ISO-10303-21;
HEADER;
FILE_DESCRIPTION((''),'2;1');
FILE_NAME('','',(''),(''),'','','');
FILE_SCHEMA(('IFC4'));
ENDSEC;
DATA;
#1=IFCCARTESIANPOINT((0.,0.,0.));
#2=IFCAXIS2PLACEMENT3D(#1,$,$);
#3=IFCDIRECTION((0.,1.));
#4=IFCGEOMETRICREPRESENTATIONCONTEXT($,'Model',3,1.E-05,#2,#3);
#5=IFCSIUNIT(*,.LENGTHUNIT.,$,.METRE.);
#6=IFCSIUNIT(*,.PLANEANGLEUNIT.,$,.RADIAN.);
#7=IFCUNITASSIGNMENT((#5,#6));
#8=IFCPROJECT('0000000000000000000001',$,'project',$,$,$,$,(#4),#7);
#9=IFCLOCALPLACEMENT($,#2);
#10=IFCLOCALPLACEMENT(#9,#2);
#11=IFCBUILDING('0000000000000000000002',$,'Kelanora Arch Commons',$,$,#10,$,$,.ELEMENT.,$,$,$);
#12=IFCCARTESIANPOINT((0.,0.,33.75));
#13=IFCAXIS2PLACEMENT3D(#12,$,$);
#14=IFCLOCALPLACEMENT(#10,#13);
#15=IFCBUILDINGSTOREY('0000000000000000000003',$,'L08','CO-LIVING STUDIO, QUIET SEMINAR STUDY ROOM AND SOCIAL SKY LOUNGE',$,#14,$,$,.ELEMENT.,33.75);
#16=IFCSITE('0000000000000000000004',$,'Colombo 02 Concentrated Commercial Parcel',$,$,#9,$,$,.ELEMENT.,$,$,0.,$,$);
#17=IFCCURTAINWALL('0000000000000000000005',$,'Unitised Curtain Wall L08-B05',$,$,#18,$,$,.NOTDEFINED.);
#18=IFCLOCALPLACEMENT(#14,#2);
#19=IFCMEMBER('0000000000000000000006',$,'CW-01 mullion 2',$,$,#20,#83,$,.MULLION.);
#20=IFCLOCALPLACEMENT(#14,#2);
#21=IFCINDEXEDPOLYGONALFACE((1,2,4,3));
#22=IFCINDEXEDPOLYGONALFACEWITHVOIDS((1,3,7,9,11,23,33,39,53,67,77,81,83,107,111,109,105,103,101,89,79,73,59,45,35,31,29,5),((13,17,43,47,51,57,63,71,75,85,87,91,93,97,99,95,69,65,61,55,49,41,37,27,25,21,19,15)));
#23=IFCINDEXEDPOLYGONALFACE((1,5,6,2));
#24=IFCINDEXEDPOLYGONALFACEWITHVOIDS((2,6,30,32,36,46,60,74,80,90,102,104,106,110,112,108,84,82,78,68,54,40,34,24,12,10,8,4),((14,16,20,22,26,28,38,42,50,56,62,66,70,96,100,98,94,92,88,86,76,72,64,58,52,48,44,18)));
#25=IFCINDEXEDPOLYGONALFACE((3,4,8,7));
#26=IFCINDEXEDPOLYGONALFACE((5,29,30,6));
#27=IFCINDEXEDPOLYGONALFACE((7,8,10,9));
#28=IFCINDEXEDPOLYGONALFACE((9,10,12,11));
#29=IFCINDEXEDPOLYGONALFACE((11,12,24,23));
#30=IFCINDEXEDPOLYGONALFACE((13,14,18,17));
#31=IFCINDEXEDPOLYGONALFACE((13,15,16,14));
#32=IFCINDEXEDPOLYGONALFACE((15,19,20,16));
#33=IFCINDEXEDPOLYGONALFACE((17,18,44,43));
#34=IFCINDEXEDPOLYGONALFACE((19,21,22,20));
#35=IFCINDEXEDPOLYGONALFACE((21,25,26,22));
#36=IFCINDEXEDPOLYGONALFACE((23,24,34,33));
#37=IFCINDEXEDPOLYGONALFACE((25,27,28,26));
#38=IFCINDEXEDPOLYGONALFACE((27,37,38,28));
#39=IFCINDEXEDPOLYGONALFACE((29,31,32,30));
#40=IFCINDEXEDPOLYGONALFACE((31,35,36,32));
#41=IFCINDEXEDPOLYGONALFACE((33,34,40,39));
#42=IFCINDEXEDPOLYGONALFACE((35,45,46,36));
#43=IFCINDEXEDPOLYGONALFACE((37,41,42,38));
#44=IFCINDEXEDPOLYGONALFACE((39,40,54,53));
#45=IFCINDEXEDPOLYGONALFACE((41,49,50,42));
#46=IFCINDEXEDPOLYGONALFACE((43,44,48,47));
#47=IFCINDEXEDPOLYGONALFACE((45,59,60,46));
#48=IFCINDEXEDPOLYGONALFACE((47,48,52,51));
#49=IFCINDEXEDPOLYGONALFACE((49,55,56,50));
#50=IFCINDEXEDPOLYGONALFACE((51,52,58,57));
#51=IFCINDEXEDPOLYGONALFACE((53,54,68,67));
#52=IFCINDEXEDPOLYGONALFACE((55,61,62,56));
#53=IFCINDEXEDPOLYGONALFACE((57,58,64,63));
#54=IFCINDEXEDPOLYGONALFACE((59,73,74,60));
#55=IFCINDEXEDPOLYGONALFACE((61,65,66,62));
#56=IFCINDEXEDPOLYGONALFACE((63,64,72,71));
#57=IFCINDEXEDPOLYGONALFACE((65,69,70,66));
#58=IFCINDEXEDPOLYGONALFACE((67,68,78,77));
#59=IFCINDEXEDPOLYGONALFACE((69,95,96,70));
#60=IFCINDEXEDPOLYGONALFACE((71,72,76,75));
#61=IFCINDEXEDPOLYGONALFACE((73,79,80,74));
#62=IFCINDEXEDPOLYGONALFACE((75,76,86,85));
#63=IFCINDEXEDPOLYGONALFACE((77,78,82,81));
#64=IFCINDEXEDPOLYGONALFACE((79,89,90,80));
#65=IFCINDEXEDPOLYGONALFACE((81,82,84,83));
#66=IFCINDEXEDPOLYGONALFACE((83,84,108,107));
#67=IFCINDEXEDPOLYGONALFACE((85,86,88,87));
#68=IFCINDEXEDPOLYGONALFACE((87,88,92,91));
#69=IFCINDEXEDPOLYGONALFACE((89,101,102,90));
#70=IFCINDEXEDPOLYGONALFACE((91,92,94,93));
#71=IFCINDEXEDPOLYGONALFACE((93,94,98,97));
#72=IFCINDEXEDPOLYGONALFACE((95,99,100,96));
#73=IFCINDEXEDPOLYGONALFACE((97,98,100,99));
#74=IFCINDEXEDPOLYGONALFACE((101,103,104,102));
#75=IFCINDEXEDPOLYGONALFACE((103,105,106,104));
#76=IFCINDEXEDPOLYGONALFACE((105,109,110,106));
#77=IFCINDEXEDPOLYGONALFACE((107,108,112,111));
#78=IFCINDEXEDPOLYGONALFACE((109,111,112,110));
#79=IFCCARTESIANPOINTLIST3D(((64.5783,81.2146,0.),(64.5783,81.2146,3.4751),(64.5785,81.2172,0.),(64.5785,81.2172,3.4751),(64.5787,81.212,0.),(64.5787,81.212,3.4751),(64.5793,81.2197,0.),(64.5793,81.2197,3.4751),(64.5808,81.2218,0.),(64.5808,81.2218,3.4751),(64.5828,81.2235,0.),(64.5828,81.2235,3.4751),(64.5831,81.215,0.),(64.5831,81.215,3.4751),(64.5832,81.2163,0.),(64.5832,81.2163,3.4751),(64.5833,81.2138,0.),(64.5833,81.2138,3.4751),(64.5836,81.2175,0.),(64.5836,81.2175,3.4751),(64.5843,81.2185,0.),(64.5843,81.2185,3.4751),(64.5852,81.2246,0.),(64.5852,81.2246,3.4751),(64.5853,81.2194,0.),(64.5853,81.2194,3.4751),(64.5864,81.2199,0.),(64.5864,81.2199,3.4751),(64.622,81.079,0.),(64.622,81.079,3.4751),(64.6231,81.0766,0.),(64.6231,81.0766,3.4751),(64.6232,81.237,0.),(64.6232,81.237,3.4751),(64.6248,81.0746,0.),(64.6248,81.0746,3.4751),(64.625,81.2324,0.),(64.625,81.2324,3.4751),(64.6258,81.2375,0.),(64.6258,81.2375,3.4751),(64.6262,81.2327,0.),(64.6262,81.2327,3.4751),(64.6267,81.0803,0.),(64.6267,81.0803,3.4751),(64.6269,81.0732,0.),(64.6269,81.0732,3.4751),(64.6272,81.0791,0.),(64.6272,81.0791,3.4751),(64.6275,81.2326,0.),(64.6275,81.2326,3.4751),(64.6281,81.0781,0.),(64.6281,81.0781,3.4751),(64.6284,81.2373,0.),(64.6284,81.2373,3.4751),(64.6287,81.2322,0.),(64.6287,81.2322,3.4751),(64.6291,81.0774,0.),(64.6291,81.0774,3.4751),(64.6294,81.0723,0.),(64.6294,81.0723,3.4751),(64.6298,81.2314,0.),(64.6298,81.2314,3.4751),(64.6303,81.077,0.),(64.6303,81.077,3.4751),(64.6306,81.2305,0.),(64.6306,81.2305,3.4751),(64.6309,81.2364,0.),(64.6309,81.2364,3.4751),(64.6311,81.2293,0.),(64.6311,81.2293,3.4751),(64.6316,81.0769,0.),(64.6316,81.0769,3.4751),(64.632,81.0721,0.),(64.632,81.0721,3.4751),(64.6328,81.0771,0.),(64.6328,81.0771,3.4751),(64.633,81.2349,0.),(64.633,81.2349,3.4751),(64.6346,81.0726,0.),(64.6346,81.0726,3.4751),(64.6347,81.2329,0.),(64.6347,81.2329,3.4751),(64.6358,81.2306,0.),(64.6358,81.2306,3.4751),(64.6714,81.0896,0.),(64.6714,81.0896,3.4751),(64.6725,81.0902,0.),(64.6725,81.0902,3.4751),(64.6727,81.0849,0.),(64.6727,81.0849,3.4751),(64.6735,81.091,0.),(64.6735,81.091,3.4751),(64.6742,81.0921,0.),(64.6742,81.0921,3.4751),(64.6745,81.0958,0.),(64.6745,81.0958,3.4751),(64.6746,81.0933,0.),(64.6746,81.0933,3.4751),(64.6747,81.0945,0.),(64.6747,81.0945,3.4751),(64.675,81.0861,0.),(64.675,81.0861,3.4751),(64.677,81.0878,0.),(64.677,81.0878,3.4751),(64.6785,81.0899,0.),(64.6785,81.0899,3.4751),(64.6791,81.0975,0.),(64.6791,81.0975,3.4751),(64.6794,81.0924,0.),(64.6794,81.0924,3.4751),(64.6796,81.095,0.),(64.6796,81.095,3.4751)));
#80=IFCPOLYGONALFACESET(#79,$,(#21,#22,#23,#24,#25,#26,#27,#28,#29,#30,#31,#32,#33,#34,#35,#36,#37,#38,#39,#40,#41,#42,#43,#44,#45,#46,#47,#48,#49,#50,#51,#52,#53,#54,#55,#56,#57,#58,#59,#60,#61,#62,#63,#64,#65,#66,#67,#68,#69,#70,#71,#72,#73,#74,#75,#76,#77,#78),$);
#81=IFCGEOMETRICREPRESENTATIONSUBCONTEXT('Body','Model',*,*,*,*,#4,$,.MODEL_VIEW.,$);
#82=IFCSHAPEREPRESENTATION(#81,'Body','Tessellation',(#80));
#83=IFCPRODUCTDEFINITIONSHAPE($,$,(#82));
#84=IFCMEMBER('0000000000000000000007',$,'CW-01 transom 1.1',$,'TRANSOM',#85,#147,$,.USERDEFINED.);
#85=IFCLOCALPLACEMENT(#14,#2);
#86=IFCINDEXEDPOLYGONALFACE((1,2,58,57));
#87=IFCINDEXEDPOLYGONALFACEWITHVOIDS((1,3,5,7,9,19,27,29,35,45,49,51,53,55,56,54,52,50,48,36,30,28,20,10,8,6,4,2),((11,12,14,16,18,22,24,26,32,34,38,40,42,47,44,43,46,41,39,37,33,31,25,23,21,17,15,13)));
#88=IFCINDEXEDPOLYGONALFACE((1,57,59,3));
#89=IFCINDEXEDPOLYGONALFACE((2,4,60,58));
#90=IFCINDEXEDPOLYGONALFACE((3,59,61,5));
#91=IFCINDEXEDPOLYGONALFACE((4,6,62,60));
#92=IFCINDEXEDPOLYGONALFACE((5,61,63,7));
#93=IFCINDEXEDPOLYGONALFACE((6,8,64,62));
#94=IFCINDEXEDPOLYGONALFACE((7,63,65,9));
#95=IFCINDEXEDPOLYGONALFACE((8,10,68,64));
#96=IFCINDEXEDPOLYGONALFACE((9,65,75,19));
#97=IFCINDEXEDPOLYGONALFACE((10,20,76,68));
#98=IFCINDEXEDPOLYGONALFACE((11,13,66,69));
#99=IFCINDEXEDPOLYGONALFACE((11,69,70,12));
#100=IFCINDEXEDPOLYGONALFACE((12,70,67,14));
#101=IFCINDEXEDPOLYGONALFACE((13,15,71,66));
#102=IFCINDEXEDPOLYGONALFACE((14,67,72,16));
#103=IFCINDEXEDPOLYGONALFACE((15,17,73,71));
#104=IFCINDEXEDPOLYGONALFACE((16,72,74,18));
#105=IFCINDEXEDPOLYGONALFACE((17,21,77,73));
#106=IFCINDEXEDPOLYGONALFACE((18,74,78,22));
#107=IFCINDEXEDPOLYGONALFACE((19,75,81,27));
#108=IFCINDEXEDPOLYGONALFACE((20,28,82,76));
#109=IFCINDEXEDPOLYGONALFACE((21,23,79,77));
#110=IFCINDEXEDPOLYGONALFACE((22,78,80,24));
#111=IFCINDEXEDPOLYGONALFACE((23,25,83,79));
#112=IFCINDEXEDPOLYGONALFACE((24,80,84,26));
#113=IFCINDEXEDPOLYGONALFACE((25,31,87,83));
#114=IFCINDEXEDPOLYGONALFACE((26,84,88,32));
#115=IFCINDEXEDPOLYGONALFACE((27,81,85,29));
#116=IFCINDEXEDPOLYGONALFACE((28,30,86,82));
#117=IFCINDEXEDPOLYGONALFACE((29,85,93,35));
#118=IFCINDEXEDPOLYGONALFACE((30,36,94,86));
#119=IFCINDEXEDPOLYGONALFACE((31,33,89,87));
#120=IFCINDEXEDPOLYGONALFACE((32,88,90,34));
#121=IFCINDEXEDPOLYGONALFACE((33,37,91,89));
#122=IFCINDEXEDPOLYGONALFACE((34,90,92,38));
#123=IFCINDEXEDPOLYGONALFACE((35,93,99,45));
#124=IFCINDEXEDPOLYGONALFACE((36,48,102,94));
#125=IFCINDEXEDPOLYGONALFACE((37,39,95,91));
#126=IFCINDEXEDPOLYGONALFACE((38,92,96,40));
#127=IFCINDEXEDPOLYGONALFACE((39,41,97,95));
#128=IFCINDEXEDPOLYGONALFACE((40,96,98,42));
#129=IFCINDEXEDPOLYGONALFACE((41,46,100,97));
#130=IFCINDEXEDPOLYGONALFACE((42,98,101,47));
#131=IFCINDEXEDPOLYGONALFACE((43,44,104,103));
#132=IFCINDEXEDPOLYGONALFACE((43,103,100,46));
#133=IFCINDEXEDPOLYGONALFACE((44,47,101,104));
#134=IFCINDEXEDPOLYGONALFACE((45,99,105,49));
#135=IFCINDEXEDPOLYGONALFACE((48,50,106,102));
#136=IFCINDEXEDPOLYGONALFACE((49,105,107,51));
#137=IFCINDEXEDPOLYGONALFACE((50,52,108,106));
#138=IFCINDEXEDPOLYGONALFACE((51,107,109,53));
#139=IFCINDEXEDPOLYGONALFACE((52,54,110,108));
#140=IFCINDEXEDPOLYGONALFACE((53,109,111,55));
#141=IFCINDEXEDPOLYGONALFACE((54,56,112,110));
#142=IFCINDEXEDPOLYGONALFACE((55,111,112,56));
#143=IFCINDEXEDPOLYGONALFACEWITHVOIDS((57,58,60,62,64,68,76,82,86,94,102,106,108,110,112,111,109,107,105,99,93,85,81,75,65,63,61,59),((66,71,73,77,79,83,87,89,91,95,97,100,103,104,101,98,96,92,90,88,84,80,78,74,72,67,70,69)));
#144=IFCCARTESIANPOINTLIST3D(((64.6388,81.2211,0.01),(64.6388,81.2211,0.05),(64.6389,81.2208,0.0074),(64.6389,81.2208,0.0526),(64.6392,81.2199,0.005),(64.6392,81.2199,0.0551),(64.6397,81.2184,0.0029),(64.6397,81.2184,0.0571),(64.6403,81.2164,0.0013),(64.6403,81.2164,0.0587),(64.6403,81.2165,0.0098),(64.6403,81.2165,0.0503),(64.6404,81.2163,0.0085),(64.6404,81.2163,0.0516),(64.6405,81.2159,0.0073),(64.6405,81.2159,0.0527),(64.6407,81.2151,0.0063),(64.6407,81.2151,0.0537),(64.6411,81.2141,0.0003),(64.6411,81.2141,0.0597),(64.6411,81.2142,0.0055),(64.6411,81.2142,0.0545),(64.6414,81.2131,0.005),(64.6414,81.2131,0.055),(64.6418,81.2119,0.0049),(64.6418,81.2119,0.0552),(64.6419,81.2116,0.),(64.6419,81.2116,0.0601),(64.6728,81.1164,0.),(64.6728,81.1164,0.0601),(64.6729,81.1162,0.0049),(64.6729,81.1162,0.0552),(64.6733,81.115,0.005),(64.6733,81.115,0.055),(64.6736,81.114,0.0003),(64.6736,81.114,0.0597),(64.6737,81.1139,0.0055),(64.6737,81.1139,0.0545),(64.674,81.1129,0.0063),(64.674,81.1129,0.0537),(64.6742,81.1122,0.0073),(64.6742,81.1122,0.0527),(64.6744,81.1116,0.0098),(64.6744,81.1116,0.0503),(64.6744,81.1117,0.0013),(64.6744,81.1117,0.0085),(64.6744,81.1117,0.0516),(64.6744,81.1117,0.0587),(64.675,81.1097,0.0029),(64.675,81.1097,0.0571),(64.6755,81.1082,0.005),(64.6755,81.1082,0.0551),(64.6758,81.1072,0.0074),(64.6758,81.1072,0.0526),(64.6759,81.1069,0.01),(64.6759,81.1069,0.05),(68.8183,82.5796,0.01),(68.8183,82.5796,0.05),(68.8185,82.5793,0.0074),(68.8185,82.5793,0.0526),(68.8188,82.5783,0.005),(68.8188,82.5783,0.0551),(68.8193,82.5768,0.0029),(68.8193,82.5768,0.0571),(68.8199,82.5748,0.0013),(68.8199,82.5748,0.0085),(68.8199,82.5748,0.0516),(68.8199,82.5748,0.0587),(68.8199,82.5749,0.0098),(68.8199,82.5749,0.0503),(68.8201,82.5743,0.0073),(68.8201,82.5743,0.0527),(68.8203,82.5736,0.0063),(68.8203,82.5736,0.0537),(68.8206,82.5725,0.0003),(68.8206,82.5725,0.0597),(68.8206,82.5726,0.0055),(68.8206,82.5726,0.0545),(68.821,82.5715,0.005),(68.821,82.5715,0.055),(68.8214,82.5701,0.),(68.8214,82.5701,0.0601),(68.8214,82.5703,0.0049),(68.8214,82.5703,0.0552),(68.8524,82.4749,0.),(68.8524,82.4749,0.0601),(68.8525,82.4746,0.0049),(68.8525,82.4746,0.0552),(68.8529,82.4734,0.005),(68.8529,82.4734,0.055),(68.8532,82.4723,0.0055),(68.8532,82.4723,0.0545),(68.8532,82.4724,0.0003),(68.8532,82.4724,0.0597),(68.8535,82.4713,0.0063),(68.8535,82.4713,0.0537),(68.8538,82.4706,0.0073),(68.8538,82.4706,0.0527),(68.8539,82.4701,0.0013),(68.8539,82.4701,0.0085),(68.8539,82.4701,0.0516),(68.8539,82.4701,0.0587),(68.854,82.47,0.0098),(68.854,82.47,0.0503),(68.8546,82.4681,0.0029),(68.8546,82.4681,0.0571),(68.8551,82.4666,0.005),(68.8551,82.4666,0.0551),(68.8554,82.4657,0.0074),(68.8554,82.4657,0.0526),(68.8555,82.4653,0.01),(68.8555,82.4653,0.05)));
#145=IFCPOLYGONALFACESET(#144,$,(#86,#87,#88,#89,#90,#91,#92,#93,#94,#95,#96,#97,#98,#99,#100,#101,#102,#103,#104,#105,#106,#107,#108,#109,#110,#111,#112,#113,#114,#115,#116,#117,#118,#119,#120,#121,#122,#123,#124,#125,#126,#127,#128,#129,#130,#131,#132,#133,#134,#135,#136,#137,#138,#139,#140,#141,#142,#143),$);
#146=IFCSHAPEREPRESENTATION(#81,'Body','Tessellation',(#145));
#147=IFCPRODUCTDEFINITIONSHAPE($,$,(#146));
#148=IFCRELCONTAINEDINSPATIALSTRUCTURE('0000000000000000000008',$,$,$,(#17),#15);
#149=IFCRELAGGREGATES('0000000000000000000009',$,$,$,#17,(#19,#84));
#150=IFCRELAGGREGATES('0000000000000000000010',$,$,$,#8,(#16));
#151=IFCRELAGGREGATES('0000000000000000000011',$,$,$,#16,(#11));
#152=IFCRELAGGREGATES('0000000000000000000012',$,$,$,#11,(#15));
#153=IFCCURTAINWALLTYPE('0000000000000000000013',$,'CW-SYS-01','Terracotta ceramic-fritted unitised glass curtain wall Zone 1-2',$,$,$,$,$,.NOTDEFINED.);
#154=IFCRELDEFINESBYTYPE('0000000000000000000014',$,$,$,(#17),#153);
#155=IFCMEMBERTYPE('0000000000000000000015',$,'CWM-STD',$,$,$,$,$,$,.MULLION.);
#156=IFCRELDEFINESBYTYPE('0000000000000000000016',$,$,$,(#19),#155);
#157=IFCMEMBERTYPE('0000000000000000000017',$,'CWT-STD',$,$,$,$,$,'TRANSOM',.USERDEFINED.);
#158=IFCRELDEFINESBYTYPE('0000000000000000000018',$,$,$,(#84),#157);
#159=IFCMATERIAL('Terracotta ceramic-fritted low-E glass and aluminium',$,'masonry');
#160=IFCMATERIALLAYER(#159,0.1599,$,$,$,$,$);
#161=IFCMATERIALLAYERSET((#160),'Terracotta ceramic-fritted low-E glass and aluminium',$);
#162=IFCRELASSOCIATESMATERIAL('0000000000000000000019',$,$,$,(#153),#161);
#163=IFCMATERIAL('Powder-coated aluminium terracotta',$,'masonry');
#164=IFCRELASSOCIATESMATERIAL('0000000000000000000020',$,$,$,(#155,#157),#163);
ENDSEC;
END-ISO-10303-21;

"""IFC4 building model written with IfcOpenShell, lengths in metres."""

from ifc_helpers import new_model, si_unit, direction, frame, origin, origin_2d, place, context, subcontext, project, spatial, hollow_rectangle, extrude, material, layer, layer_set, material_profile, profile_set, type_object, element, aggregate, save


model = new_model("IFC4")

# Units and contexts
model_context = context("Model", 3, precision=1e-05, world=origin(), true_north=direction((0.0, 1.0)))
body_context = subcontext(model_context, "Body", "Model", "MODEL_VIEW")
ifc_project = project(units=[si_unit("LENGTHUNIT", "METRE"), si_unit("PLANEANGLEUNIT", "RADIAN")], contexts=[model_context])

# Site, building, storey
site_placement = place(None, origin())
site = spatial("IfcSite", under=ifc_project, at=site_placement, Name="Colombo 02 Concentrated Commercial Parcel", CompositionType="ELEMENT", RefElevation=0.0)
building_placement = place(site_placement, origin())
building = spatial("IfcBuilding", under=site, at=building_placement, Name="Kelanora Arch Commons", CompositionType="ELEMENT")
storey_placement = place(building_placement, frame((0.0, 0.0, 33.75)))
storey = spatial("IfcBuildingStorey", under=building, at=storey_placement, Name="L08", Description="CO-LIVING STUDIO, QUIET SEMINAR STUDY ROOM AND SOCIAL SKY LOUNGE", CompositionType="ELEMENT", Elevation=33.75)

# Curtain wall, members
ifc_material_1 = material(Name="Terracotta ceramic-fritted low-E glass and aluminium", Category="masonry")
ifc_layer_1 = layer(ifc_material_1, 0.1599)
ifc_layer_set_1 = layer_set([ifc_layer_1], Name="Terracotta ceramic-fritted low-E glass and aluminium")
curtain_wall_type = type_object("IfcCurtainWallType", Name="CW-SYS-01", Description="Terracotta ceramic-fritted unitised glass curtain wall Zone 1-2", PredefinedType="NOTDEFINED", material=ifc_layer_set_1)
curtain_wall_placement = place(storey_placement, origin())
curtain_wall = element("IfcCurtainWall", 1, at=curtain_wall_placement, inside=storey, type_object=curtain_wall_type, Name="Unitised Curtain Wall L08-B05", PredefinedType="NOTDEFINED")
ifc_material_2 = material(Name="Powder-coated aluminium terracotta", Category="masonry")
ifc_material_profile_1 = material_profile(ifc_material_2, hollow_rectangle(XDim=0.1599, YDim=0.0601, WallThickness=0.0049, InnerFilletRadius=0.0049, OuterFilletRadius=0.01, at=origin_2d()), Name="CWM160x60")
ifc_profile_set_1 = profile_set([ifc_material_profile_1], Name="Powder-coated aluminium terracotta")
member_type_1 = type_object("IfcMemberType", Name="CWM-STD", PredefinedType="MULLION", material=ifc_profile_set_1)
member_1_placement = place(storey_placement, frame((64.6289, 81.1548, 0.0), z_axis=(0.0, 0.0, 1.0), x_axis=(0.309058, -0.951043, 0.0)))
member_1 = element("IfcMember", 2, at=member_1_placement, type_object=member_type_1, Name="CW-01 mullion 2", PredefinedType="MULLION", context=body_context, shape_type="SweptSolid", body=[
    extrude(hollow_rectangle(XDim=0.1599, YDim=0.0601, WallThickness=0.0049, InnerFilletRadius=0.0049, OuterFilletRadius=0.01, at=origin_2d()), origin(), (0.0, 0.0, 1.0), 3.4751),
])
ifc_material_profile_2 = material_profile(ifc_material_2, hollow_rectangle(XDim=0.1201, YDim=0.0601, WallThickness=0.0049, InnerFilletRadius=0.0049, OuterFilletRadius=0.01, at=origin_2d()), Name="CWT120x60")
ifc_profile_set_2 = profile_set([ifc_material_profile_2], Name="Powder-coated aluminium terracotta")
member_type_2 = type_object("IfcMemberType", Name="CWT-STD", ElementType="TRANSOM", PredefinedType="USERDEFINED", material=ifc_profile_set_2)
member_2_placement = place(storey_placement, frame((68.8369, 82.5225, 0.03), z_axis=(-0.951029, -0.309102, 0.0), x_axis=(0.309102, -0.951029, 0.0)))
member_2 = element("IfcMember", 3, at=member_2_placement, type_object=member_type_2, Name="CW-01 transom 1.1", ObjectType="TRANSOM", PredefinedType="USERDEFINED", context=body_context, shape_type="SweptSolid", body=[
    extrude(hollow_rectangle(XDim=0.1201, YDim=0.0601, WallThickness=0.0049, InnerFilletRadius=0.0049, OuterFilletRadius=0.01, at=origin_2d()), origin(), (0.0, 0.0, 1.0), 4.3948),
])
aggregate(curtain_wall, [member_1, member_2])

save(model, "model.ifc")
